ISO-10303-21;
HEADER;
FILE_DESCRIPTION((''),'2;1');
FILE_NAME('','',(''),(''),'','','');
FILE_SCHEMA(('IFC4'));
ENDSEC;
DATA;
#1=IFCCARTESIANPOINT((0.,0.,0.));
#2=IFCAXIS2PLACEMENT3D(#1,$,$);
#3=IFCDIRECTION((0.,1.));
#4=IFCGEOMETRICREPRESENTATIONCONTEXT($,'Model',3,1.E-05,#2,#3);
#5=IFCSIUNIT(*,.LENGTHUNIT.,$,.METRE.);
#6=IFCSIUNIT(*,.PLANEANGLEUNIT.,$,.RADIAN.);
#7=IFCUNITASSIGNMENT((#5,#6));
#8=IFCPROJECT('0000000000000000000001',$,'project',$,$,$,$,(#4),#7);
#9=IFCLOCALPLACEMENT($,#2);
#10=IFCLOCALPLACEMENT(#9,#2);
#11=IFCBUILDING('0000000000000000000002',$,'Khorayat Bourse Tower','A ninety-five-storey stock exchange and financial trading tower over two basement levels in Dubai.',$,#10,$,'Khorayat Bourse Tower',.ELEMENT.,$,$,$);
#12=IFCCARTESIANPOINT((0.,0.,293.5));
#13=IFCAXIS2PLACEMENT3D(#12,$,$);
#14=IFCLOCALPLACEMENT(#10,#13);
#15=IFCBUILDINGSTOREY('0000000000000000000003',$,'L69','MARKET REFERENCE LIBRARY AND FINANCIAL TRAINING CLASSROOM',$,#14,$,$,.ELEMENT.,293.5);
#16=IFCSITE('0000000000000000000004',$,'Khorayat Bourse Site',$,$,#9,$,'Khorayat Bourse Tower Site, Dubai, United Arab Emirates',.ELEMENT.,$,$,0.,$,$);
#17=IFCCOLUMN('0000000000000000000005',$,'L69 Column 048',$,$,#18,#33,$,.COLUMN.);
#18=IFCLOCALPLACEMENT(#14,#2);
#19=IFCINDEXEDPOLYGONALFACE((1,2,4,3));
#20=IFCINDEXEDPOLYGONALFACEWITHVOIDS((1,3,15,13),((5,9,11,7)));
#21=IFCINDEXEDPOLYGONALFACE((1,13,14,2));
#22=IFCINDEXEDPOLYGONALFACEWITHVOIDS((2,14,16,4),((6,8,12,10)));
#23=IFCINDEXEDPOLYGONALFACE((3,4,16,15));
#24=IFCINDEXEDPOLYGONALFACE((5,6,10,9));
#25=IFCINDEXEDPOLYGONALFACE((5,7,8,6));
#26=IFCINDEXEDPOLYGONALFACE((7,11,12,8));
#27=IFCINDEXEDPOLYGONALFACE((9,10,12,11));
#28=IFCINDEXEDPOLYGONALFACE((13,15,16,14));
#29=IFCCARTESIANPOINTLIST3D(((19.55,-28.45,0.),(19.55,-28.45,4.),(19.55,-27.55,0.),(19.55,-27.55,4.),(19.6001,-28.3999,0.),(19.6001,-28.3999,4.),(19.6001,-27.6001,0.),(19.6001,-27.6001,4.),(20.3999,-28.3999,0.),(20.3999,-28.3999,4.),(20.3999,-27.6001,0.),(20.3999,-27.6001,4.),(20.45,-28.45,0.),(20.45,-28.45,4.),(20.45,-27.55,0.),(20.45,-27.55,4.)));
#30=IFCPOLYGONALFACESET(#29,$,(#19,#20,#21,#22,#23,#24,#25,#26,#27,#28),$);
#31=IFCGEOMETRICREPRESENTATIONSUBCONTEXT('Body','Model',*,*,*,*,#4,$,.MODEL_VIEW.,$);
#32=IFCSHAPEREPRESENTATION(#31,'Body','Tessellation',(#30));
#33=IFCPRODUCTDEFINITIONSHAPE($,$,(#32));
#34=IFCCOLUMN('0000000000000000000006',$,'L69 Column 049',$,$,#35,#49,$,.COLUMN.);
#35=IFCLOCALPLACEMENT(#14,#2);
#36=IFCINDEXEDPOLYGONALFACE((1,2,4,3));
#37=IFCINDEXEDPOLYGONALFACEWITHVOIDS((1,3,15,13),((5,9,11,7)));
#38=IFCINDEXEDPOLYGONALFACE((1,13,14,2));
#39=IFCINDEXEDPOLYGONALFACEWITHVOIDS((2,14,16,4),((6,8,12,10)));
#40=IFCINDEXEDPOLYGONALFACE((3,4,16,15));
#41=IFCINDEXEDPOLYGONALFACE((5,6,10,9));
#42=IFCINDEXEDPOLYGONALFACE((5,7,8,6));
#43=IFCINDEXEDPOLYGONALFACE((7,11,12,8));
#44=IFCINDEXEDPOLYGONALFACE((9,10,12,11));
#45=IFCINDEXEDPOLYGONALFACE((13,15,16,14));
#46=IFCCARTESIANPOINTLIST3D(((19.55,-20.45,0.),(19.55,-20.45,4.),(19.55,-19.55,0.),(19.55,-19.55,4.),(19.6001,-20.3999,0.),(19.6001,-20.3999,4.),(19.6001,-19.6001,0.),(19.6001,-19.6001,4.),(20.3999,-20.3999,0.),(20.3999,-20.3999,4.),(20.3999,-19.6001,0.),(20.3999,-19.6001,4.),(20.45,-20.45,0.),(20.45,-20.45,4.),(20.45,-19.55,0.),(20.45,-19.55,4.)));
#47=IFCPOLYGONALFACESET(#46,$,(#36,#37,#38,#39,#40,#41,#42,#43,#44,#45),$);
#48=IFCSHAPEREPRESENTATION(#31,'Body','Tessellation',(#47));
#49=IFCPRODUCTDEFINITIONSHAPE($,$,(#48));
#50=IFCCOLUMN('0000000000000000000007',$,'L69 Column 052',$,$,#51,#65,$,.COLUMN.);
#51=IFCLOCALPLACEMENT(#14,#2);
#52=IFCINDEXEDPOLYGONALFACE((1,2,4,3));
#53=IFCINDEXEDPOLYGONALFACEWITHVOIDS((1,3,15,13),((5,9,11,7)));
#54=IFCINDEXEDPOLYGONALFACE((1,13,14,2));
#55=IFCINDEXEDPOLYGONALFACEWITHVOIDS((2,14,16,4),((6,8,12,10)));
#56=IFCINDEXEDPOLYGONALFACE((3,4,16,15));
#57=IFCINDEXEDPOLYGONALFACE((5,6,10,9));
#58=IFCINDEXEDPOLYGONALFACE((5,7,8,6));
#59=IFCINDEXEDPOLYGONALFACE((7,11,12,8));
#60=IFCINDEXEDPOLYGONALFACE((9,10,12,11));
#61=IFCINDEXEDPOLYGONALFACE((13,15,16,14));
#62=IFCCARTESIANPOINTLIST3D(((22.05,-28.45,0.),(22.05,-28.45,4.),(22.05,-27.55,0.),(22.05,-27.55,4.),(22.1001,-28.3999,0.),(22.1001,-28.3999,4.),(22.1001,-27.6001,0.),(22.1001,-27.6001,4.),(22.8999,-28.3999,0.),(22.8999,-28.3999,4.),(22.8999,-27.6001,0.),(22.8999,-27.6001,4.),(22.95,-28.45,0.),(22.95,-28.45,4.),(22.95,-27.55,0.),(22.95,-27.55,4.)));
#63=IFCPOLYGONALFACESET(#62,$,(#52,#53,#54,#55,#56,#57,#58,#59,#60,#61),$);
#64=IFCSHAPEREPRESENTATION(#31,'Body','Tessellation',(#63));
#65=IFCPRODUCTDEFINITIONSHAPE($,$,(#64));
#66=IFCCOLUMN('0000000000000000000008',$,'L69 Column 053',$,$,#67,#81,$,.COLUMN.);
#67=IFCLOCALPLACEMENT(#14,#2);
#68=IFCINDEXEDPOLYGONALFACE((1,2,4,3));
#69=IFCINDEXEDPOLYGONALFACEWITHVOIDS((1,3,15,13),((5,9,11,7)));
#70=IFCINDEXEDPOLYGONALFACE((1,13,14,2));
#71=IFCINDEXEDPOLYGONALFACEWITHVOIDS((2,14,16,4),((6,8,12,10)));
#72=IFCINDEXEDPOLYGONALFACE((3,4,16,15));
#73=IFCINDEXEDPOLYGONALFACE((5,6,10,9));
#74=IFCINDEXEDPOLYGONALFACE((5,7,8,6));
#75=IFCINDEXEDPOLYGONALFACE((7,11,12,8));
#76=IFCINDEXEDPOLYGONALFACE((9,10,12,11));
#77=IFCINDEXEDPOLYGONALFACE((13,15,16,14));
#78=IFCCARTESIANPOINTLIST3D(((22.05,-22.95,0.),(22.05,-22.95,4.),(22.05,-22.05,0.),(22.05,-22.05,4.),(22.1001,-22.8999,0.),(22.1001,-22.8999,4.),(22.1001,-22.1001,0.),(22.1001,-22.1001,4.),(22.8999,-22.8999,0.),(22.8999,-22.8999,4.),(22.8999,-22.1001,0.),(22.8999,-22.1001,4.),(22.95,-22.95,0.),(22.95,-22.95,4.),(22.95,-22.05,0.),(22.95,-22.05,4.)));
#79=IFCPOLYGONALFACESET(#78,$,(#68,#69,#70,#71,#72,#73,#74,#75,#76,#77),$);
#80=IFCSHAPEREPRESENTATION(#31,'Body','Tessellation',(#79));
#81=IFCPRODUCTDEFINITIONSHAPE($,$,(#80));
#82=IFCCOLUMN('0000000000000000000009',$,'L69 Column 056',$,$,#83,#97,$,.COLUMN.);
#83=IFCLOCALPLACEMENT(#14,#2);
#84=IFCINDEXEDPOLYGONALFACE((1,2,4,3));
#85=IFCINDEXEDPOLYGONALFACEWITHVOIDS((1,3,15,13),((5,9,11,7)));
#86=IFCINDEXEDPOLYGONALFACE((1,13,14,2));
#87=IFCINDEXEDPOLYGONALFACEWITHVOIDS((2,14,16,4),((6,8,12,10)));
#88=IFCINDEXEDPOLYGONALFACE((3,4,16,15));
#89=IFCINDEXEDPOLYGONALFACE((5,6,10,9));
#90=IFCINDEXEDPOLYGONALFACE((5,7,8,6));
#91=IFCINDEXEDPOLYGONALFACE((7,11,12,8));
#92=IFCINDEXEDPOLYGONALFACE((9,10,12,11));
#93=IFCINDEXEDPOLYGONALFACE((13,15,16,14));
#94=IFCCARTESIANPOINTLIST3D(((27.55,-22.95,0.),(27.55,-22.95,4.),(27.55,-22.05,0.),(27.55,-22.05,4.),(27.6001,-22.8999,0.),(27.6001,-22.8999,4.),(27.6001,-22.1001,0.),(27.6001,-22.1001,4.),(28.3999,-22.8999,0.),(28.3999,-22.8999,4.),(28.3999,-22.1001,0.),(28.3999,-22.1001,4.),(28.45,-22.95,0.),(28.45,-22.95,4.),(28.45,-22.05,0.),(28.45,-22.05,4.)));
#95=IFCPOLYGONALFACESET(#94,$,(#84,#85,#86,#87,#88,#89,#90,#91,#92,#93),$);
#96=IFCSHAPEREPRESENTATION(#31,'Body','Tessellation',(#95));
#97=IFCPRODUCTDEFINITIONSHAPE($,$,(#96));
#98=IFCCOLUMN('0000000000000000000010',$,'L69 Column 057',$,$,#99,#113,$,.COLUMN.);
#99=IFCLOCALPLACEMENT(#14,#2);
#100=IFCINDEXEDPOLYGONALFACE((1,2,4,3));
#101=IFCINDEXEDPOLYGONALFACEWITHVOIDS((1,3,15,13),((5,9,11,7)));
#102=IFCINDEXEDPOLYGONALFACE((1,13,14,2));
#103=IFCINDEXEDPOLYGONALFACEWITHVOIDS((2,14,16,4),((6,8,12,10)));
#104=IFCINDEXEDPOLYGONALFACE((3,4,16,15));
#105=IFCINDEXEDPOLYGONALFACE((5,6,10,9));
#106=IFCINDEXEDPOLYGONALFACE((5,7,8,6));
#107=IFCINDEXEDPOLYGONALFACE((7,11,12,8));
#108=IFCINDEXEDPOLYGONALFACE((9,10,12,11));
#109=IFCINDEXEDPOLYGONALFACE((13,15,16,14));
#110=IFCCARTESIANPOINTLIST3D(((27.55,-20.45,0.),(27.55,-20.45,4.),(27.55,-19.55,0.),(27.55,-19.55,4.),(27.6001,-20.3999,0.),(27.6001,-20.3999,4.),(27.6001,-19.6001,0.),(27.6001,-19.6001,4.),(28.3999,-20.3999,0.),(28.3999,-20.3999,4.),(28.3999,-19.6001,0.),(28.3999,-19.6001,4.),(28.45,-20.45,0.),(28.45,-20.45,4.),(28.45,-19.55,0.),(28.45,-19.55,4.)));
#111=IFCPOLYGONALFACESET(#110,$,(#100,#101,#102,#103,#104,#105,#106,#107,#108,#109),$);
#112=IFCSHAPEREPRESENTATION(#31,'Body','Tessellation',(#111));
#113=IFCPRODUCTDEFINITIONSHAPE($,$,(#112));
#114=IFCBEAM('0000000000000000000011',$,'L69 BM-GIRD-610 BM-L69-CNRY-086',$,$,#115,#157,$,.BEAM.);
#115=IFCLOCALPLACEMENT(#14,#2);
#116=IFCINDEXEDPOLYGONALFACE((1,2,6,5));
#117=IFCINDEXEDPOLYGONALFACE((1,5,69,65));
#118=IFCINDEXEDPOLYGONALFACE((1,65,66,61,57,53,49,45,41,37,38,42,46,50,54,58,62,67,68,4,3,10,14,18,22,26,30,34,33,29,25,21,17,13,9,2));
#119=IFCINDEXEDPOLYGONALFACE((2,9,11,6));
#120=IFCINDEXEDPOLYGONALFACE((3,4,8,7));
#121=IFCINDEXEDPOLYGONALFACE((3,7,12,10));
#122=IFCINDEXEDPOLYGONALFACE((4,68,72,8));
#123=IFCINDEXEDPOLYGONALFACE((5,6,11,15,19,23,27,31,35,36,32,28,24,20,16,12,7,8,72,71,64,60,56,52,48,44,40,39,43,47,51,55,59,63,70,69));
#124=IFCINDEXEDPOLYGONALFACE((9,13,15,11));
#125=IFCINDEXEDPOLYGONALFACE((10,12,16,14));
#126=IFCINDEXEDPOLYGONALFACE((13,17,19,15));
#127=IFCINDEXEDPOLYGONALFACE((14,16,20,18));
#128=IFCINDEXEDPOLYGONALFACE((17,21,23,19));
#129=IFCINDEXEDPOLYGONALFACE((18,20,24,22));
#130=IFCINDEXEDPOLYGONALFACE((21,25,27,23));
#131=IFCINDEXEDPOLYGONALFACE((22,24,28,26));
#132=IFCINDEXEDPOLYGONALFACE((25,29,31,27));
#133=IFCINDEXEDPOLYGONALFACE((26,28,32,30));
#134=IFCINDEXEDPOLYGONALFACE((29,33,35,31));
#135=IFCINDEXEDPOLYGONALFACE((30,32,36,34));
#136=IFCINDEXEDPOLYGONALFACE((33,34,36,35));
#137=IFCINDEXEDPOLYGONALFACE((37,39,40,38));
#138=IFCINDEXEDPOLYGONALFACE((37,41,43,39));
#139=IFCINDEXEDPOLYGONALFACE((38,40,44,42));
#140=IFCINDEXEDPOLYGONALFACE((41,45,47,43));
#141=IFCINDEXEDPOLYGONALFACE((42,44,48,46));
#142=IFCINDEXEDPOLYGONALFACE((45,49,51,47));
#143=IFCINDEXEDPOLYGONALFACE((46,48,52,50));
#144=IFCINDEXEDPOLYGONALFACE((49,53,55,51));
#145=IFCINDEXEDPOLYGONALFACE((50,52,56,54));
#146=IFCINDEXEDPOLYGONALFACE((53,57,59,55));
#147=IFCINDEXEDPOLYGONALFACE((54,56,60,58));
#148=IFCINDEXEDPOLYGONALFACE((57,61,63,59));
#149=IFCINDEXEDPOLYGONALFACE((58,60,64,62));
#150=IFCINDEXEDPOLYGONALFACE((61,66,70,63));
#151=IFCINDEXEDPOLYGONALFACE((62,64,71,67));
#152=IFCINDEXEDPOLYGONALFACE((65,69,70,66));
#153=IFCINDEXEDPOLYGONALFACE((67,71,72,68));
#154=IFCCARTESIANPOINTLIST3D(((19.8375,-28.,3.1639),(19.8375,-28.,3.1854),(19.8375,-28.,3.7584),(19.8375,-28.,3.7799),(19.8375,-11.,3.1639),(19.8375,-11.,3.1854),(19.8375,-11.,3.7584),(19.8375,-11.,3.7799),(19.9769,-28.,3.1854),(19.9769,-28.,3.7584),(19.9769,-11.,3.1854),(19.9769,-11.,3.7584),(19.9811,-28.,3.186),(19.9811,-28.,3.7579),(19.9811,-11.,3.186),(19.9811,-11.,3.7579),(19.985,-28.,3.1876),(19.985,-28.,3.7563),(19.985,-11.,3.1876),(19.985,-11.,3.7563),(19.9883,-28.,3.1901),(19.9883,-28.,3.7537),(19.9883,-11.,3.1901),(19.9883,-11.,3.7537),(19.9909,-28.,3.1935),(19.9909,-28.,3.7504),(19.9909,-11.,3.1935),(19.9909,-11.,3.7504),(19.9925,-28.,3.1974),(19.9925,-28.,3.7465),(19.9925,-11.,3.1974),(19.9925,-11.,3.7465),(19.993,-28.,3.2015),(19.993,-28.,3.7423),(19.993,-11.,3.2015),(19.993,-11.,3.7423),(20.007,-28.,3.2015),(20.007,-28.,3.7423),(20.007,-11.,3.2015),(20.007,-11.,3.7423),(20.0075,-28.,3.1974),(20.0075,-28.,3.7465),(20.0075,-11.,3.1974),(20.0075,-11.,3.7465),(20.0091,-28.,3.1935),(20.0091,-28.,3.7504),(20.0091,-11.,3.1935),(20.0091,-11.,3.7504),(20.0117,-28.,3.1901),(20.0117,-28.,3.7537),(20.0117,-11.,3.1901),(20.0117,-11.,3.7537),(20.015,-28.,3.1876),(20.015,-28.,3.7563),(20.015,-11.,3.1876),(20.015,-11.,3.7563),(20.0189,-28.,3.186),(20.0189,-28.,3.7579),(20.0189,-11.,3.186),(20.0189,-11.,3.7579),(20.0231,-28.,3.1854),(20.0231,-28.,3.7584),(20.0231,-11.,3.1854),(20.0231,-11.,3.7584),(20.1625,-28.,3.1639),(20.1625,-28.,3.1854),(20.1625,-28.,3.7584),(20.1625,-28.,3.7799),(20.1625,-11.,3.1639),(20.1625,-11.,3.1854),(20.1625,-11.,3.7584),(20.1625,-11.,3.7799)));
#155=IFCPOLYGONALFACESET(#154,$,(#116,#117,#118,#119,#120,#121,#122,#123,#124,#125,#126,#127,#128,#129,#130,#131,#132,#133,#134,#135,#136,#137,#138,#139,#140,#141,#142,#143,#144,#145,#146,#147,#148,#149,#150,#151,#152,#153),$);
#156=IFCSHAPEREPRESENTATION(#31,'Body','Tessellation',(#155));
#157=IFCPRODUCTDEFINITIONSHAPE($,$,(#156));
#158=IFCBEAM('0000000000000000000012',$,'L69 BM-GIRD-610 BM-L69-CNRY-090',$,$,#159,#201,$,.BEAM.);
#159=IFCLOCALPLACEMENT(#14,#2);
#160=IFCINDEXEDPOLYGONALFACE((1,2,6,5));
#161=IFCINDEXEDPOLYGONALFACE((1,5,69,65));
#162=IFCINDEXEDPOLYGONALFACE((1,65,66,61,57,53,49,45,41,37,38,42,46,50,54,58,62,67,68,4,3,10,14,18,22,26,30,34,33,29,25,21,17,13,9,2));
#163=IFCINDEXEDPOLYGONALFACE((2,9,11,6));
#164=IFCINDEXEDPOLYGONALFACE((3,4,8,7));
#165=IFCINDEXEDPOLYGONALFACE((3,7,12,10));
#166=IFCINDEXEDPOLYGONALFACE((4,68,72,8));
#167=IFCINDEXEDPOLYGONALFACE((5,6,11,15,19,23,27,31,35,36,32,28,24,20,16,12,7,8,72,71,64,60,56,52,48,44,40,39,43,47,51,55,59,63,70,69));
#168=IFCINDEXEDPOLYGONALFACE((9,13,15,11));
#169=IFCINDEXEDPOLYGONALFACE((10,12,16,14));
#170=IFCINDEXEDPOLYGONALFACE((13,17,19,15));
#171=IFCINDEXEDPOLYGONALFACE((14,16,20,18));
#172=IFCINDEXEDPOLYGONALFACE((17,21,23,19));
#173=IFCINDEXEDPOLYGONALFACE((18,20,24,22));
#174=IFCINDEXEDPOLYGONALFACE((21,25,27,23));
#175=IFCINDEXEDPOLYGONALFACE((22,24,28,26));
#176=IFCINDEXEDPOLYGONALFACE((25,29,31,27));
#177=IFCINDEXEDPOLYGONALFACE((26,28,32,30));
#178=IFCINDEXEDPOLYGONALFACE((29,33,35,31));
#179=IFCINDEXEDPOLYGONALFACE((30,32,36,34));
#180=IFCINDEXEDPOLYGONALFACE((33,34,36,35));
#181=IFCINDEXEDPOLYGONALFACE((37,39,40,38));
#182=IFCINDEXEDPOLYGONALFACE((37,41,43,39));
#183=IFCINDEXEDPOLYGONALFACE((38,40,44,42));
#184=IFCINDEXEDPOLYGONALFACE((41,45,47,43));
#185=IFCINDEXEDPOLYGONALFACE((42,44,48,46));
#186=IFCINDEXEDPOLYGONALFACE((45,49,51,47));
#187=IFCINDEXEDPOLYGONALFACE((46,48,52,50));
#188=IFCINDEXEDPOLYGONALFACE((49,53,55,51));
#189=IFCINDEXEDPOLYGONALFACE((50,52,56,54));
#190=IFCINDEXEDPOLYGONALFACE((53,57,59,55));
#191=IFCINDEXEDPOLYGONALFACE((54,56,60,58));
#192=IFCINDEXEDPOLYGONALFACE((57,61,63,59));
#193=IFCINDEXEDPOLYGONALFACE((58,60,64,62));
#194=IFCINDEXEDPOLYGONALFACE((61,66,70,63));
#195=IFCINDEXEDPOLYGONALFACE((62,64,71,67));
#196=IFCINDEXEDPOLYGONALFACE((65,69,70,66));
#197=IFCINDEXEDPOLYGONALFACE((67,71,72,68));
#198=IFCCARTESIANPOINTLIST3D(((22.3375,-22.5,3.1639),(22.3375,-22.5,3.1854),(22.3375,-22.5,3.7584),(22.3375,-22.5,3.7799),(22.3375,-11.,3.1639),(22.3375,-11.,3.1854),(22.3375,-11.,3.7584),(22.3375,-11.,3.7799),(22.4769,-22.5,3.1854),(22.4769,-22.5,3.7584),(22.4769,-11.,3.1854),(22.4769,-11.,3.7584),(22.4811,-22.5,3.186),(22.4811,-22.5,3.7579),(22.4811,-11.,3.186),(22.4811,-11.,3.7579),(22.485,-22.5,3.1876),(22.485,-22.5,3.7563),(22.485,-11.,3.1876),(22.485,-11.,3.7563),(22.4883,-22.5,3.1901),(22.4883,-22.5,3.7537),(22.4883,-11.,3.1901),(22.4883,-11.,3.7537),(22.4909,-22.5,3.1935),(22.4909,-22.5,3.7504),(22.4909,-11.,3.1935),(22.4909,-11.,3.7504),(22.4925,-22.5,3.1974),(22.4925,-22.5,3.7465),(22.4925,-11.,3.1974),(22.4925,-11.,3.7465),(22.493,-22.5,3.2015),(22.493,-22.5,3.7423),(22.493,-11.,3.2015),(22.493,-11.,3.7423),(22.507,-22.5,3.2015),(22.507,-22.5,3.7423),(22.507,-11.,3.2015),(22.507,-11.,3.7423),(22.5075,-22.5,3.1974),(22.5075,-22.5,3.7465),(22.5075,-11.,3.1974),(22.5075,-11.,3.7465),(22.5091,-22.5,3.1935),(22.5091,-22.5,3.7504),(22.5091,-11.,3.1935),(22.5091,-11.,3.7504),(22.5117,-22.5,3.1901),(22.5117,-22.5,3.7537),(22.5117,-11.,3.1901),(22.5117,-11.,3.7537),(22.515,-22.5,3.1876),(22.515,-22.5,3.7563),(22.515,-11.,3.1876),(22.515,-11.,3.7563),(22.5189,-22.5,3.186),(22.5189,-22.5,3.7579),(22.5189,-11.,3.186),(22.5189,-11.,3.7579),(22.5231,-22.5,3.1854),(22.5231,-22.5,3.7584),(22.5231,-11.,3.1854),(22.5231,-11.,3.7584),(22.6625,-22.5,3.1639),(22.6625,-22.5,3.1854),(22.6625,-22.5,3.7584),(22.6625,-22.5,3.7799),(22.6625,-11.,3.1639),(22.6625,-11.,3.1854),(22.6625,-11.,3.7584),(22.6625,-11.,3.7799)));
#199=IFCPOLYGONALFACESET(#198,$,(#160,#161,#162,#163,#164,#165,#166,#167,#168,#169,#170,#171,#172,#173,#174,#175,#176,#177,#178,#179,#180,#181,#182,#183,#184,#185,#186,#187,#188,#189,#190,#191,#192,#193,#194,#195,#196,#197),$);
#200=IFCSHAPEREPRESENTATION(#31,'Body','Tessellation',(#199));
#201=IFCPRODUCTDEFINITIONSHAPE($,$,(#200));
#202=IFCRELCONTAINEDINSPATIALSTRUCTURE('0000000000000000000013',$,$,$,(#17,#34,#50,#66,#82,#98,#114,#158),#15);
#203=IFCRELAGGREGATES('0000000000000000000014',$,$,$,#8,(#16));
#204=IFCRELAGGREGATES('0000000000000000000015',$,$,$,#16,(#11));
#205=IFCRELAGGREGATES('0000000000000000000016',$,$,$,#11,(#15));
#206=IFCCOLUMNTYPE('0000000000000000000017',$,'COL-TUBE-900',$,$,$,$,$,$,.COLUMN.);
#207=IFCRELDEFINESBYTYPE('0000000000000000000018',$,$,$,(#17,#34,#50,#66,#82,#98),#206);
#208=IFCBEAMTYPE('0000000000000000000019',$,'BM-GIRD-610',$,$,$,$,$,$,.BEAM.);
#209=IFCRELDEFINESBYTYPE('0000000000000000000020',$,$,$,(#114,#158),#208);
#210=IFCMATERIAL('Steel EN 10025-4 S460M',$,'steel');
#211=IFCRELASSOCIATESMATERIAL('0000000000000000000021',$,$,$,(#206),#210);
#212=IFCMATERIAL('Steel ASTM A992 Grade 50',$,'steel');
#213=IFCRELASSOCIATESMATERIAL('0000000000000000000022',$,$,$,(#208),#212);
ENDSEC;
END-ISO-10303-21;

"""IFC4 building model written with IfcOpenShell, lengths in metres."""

from ifc_helpers import new_model, si_unit, direction, frame, origin, origin_2d, place, context, subcontext, project, spatial, hollow_rectangle, i_section, extrude, source, transform, mapped, material, material_profile, profile_set, type_object, element, save


model = new_model("IFC4")

# Units and contexts
model_context = context("Model", 3, precision=1e-05, world=origin(), true_north=direction((0.0, 1.0)))
body_context = subcontext(model_context, "Body", "Model", "MODEL_VIEW")
ifc_project = project(units=[si_unit("LENGTHUNIT", "METRE"), si_unit("PLANEANGLEUNIT", "RADIAN")], contexts=[model_context])

# Site, building, storey
site_placement = place(None, origin())
site = spatial("IfcSite", under=ifc_project, at=site_placement, Name="Khorayat Bourse Site", LongName="Khorayat Bourse Tower Site, Dubai, United Arab Emirates", CompositionType="ELEMENT", RefElevation=0.0)
building_placement = place(site_placement, origin())
building = spatial("IfcBuilding", under=site, at=building_placement, Name="Khorayat Bourse Tower", Description="A ninety-five-storey stock exchange and financial trading tower over two basement levels in Dubai.", LongName="Khorayat Bourse Tower", CompositionType="ELEMENT")
storey_placement = place(building_placement, frame((0.0, 0.0, 293.5)))
storey = spatial("IfcBuildingStorey", under=building, at=storey_placement, Name="L69", Description="MARKET REFERENCE LIBRARY AND FINANCIAL TRAINING CLASSROOM", CompositionType="ELEMENT", Elevation=293.5)

# Columns
ifc_material_1 = material(Name="Steel EN 10025-4 S460M", Category="steel")
ifc_material_profile_1 = material_profile(ifc_material_1, hollow_rectangle(XDim=0.8999, YDim=0.8999, WallThickness=0.05, at=origin_2d()), Name="BOX 900x900x50")
ifc_profile_set_1 = profile_set([ifc_material_profile_1], Name="Steel EN 10025-4 S460M")
column_type = type_object("IfcColumnType", Name="COL-TUBE-900", PredefinedType="COLUMN", material=ifc_profile_set_1)
shared_shape_1 = source(origin(), body_context, "Body", "SweptSolid", [
    extrude(hollow_rectangle(XDim=0.8999, YDim=0.8999, WallThickness=0.05, at=origin_2d()), origin(), (0.0, 0.0, 1.0), 4.0),
])
for number, where, z_axis, x_axis, name in (
    (1, (20.0, -28.0, 0.0), (0.0, 0.0, 1.0), (1.0, 0.0, 0.0), "L69 Column 048"),
    (2, (20.0, -20.0, 0.0), (0.0, 0.0, 1.0), (1.0, 0.0, 0.0), "L69 Column 049"),
    (3, (22.5, -28.0, 0.0), (0.0, 0.0, 1.0), (1.0, 0.0, 0.0), "L69 Column 052"),
    (4, (22.5, -22.5, 0.0), (0.0, 0.0, 1.0), (1.0, 0.0, 0.0), "L69 Column 053"),
    (5, (28.0, -22.5, 0.0), (0.0, 0.0, 1.0), (1.0, 0.0, 0.0), "L69 Column 056"),
    (6, (28.0, -20.0, 0.0), (0.0, 0.0, 1.0), (1.0, 0.0, 0.0), "L69 Column 057"),
):
    element("IfcColumn", number, at=place(storey_placement, frame(where, z_axis=z_axis, x_axis=x_axis)), inside=storey, type_object=column_type, Name=name, PredefinedType="COLUMN", context=body_context, shape_type="MappedRepresentation", body=[
        mapped(shared_shape_1, transform((0.0, 0.0, 0.0), scale=1.0)),
    ])

# Beams
ifc_material_2 = material(Name="Steel ASTM A992 Grade 50", Category="steel")
ifc_material_profile_2 = material_profile(ifc_material_2, i_section(OverallWidth=0.325, OverallDepth=0.616, WebThickness=0.0139, FlangeThickness=0.0215, FilletRadius=0.0161, at=origin_2d()), Name="W610X174")
ifc_profile_set_2 = profile_set([ifc_material_profile_2], Name="Steel ASTM A992 Grade 50")
beam_type_1 = type_object("IfcBeamType", Name="BM-GIRD-610", PredefinedType="BEAM", material=ifc_profile_set_2)
shared_shape_2 = source(origin(), body_context, "Body", "SweptSolid", [
    extrude(i_section(OverallWidth=0.325, OverallDepth=0.616, WebThickness=0.0139, FlangeThickness=0.0215, FilletRadius=0.0161, at=origin_2d()), origin(), (0.0, 0.0, 1.0), 17.0),
])
beam_1_placement = place(storey_placement, frame((20.0, -28.0, 3.4719), z_axis=(0.0, 1.0, 0.0), x_axis=(-1.0, 0.0, 0.0)))
element("IfcBeam", 7, at=beam_1_placement, inside=storey, type_object=beam_type_1, Name="L69 BM-GIRD-610 BM-L69-CNRY-086", PredefinedType="BEAM", context=body_context, shape_type="MappedRepresentation", body=[
    mapped(shared_shape_2, transform((0.0, 0.0, 0.0), scale=1.0)),
])
shared_shape_3 = source(origin(), body_context, "Body", "SweptSolid", [
    extrude(i_section(OverallWidth=0.325, OverallDepth=0.616, WebThickness=0.0139, FlangeThickness=0.0215, FilletRadius=0.0161, at=origin_2d()), origin(), (0.0, 0.0, 1.0), 11.5),
])
beam_2_placement = place(storey_placement, frame((22.5, -22.5, 3.4719), z_axis=(0.0, 1.0, 0.0), x_axis=(-1.0, 0.0, 0.0)))
element("IfcBeam", 8, at=beam_2_placement, inside=storey, type_object=beam_type_1, Name="L69 BM-GIRD-610 BM-L69-CNRY-090", PredefinedType="BEAM", context=body_context, shape_type="MappedRepresentation", body=[
    mapped(shared_shape_3, transform((0.0, 0.0, 0.0), scale=1.0)),
])

save(model, "model.ifc")
